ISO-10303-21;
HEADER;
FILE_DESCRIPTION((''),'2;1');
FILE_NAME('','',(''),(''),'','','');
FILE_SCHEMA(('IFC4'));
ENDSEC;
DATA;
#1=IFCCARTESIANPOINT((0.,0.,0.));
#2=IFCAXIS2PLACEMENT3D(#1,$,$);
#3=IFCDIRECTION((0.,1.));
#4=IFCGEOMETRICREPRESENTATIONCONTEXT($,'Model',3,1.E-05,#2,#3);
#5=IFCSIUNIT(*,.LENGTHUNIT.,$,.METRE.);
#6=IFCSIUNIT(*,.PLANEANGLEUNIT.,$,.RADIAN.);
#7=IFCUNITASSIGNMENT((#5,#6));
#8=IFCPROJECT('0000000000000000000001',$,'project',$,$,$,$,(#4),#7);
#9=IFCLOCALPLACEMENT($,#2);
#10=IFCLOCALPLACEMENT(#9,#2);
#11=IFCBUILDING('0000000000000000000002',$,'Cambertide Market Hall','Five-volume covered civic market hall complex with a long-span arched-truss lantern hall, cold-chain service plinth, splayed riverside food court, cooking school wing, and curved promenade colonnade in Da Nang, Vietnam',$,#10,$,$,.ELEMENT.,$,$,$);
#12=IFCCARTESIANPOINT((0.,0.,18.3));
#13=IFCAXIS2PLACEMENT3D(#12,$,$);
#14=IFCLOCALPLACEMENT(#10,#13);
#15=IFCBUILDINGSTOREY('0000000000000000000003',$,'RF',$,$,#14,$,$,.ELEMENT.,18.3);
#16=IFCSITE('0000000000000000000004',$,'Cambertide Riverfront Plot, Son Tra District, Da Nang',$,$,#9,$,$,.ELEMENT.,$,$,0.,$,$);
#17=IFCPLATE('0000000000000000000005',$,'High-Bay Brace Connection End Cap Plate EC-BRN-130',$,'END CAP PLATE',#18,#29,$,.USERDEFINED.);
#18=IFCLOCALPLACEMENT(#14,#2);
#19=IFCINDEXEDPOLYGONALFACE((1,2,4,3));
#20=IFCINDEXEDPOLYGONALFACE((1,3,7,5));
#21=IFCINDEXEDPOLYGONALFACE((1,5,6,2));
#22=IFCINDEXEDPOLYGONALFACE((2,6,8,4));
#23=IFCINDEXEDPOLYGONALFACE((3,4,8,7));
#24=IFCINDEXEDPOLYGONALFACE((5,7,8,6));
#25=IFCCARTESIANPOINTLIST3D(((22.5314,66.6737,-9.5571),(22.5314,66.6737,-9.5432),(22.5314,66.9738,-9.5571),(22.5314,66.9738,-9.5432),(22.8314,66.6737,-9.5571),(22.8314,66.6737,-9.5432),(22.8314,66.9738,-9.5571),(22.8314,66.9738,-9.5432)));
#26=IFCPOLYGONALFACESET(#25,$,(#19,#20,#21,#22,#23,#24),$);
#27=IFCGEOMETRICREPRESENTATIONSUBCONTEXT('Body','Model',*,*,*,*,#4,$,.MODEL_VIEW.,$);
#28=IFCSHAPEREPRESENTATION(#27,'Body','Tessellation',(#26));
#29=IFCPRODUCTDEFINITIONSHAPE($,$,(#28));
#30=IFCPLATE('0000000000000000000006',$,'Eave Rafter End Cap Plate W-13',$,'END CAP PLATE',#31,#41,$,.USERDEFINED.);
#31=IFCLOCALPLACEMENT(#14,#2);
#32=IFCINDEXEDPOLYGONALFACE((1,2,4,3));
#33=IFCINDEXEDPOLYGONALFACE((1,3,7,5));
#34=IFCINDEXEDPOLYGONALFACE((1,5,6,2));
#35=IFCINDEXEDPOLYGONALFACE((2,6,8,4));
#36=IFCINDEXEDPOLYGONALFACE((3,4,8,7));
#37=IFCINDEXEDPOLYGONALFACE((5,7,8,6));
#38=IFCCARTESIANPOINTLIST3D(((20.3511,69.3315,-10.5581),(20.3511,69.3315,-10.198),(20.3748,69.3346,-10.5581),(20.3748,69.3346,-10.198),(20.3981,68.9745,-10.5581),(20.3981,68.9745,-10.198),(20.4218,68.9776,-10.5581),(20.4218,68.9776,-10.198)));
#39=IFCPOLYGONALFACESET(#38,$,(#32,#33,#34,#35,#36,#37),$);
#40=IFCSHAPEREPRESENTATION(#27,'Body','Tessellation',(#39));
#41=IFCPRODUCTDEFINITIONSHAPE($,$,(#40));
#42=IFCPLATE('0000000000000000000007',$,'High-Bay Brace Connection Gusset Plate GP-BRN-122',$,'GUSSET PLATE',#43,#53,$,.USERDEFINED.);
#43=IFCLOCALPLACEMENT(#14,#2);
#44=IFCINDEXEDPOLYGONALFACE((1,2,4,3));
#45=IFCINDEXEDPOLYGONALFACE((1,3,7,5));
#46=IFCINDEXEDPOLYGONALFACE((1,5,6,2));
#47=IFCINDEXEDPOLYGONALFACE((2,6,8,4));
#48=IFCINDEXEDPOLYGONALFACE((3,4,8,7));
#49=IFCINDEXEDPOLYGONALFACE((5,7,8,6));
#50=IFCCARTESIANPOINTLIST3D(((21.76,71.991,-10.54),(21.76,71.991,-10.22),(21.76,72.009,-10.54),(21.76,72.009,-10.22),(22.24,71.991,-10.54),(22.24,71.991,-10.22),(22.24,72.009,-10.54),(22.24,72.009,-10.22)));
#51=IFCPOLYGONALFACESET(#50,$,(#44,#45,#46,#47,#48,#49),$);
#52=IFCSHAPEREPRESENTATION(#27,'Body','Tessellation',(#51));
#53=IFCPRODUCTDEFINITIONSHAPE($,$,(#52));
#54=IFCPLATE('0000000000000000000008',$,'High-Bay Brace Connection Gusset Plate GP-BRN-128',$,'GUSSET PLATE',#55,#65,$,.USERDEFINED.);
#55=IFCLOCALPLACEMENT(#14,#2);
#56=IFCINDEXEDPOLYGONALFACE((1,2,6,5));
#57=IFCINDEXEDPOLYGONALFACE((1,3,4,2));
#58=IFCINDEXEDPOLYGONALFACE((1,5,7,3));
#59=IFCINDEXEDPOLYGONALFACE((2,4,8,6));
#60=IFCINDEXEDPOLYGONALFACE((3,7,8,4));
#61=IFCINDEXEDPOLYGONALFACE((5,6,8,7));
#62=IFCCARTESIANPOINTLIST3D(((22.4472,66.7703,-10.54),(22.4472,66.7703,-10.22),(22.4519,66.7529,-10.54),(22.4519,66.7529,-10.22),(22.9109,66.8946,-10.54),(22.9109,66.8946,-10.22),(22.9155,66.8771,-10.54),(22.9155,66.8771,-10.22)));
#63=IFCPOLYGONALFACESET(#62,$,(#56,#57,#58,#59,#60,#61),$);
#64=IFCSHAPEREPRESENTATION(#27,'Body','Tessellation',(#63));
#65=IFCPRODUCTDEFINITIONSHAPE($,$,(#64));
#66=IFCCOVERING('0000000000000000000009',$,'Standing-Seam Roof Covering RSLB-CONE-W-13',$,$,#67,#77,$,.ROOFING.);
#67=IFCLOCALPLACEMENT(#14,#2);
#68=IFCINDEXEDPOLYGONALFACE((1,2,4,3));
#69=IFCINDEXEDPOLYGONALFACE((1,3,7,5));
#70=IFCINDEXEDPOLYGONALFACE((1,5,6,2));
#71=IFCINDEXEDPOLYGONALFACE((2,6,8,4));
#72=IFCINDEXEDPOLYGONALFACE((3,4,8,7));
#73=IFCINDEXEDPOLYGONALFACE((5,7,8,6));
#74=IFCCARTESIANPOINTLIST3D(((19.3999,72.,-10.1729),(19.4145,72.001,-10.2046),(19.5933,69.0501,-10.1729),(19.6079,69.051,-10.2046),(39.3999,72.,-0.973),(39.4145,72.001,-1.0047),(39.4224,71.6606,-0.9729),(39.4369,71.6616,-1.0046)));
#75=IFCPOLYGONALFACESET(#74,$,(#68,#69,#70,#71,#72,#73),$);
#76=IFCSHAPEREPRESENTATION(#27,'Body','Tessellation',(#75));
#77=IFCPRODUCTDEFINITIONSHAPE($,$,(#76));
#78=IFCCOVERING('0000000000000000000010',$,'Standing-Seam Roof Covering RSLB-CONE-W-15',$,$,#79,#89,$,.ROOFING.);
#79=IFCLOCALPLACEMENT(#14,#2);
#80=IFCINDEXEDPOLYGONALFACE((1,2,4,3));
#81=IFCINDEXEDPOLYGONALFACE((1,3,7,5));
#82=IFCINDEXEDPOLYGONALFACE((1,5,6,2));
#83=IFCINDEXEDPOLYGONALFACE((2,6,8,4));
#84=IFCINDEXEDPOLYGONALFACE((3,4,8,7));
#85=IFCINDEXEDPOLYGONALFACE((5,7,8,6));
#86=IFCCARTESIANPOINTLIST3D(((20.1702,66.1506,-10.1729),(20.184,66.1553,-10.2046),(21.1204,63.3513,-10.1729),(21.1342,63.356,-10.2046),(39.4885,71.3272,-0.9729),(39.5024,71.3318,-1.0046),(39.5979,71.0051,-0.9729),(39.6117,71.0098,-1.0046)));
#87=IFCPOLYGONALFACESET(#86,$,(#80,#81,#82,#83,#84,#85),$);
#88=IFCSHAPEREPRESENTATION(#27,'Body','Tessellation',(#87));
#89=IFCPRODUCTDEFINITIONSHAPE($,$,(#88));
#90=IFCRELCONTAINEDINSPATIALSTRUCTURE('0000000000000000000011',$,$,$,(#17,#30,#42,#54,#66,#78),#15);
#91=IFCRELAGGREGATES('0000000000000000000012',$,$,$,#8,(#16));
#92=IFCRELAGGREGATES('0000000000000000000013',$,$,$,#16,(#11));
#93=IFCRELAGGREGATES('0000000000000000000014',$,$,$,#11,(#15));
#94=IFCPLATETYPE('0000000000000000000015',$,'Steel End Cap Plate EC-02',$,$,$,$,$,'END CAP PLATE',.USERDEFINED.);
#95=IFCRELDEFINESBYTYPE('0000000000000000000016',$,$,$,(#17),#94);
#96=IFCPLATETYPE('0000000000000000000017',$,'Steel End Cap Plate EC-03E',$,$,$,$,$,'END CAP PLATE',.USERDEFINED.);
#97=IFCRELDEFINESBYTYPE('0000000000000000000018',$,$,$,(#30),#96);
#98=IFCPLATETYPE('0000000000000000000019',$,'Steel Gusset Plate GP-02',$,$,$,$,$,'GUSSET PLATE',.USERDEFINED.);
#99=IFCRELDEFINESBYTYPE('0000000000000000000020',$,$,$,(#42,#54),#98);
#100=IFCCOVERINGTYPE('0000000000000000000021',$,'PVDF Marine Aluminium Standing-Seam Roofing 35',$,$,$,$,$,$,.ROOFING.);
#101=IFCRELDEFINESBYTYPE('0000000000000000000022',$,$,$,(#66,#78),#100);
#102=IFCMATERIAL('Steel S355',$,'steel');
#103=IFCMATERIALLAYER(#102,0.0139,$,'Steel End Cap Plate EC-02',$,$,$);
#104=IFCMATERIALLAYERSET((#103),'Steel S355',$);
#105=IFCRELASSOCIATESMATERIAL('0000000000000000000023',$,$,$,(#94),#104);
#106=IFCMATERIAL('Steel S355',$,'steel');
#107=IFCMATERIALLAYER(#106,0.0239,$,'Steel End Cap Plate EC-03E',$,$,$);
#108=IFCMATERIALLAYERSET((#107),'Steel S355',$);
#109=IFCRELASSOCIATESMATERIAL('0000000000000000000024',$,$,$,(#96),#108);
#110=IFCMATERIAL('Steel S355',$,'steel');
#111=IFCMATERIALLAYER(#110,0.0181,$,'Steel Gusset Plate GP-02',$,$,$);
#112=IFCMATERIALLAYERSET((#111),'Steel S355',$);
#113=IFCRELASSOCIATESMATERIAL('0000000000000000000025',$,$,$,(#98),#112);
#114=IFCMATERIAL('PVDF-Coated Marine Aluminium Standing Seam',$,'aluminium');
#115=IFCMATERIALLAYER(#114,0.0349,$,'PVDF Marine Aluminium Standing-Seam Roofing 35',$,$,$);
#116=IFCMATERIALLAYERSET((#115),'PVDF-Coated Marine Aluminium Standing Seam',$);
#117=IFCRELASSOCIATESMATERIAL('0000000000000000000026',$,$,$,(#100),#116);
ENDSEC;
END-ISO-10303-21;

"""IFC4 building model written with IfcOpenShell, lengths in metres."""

from ifc_helpers import new_model, si_unit, direction, frame, origin, origin_2d, place, context, subcontext, project, spatial, polyline, rectangle, outline, extrude, material, layer, layer_set, type_object, element, save


model = new_model("IFC4")

# Units and contexts
model_context = context("Model", 3, precision=1e-05, world=origin(), true_north=direction((0.0, 1.0)))
body_context = subcontext(model_context, "Body", "Model", "MODEL_VIEW")
ifc_project = project(units=[si_unit("LENGTHUNIT", "METRE"), si_unit("PLANEANGLEUNIT", "RADIAN")], contexts=[model_context])

# Site, building, storey
site_placement = place(None, origin())
site = spatial("IfcSite", under=ifc_project, at=site_placement, Name="Cambertide Riverfront Plot, Son Tra District, Da Nang", CompositionType="ELEMENT", RefElevation=0.0)
building_placement = place(site_placement, origin())
building = spatial("IfcBuilding", under=site, at=building_placement, Name="Cambertide Market Hall", Description="Five-volume covered civic market hall complex with a long-span arched-truss lantern hall, cold-chain service plinth, splayed riverside food court, cooking school wing, and curved promenade colonnade in Da Nang, Vietnam", CompositionType="ELEMENT")
storey_placement = place(building_placement, frame((0.0, 0.0, 18.3)))
storey = spatial("IfcBuildingStorey", under=building, at=storey_placement, Name="RF", CompositionType="ELEMENT", Elevation=18.3)

# Plates
ifc_material_1 = material(Name="Steel S355", Category="steel")
ifc_layer_1 = layer(ifc_material_1, 0.0139, Name="Steel End Cap Plate EC-02")
ifc_layer_set_1 = layer_set([ifc_layer_1], Name="Steel S355")
plate_type_1 = type_object("IfcPlateType", Name="Steel End Cap Plate EC-02", ElementType="END CAP PLATE", PredefinedType="USERDEFINED", material=ifc_layer_set_1)
for number, where, z_axis, x_axis, name in (
    (1, (22.6814, 66.8237, -9.5571), (0.0, 0.0, 1.0), (1.0, 0.0, 0.0), "High-Bay Brace Connection End Cap Plate EC-BRN-130"),
):
    element("IfcPlate", number, at=place(storey_placement, frame(where, z_axis=z_axis, x_axis=x_axis)), inside=storey, type_object=plate_type_1, Name=name, ObjectType="END CAP PLATE", PredefinedType="USERDEFINED", context=body_context, shape_type="SweptSolid", body=[
        extrude(rectangle(XDim=0.3, YDim=0.3, at=origin_2d()), origin(), (0.0, 0.0, 1.0), 0.0139),
    ])
ifc_material_2 = material(Name="Steel S355", Category="steel")
ifc_layer_2 = layer(ifc_material_2, 0.0239, Name="Steel End Cap Plate EC-03E")
ifc_layer_set_2 = layer_set([ifc_layer_2], Name="Steel S355")
plate_type_2 = type_object("IfcPlateType", Name="Steel End Cap Plate EC-03E", ElementType="END CAP PLATE", PredefinedType="USERDEFINED", material=ifc_layer_set_2)
plate_placement = place(storey_placement, frame((20.3865, 69.1545, -10.5581), z_axis=(0.0, 0.0, 1.0), x_axis=(-0.991445, -0.130526, 0.0)))
element("IfcPlate", 2, at=plate_placement, inside=storey, type_object=plate_type_2, Name="Eave Rafter End Cap Plate W-13", ObjectType="END CAP PLATE", PredefinedType="USERDEFINED", context=body_context, shape_type="SweptSolid", body=[
    extrude(rectangle(XDim=0.0239, YDim=0.3601, at=origin_2d()), origin(), (0.0, 0.0, 1.0), 0.3601),
])
ifc_material_3 = material(Name="Steel S355", Category="steel")
ifc_layer_3 = layer(ifc_material_3, 0.0181, Name="Steel Gusset Plate GP-02")
ifc_layer_set_3 = layer_set([ifc_layer_3], Name="Steel S355")
plate_type_3 = type_object("IfcPlateType", Name="Steel Gusset Plate GP-02", ElementType="GUSSET PLATE", PredefinedType="USERDEFINED", material=ifc_layer_set_3)
for number, where, z_axis, x_axis, name in (
    (3, (22.0, 72.0, -10.54), (0.0, 0.0, 1.0), (1.0, 0.0, 0.0), "High-Bay Brace Connection Gusset Plate GP-BRN-122"),
    (4, (22.6814, 66.8237, -10.54), (0.0, 0.0, 1.0), (0.965926, 0.258819, 0.0), "High-Bay Brace Connection Gusset Plate GP-BRN-128"),
):
    element("IfcPlate", number, at=place(storey_placement, frame(where, z_axis=z_axis, x_axis=x_axis)), inside=storey, type_object=plate_type_3, Name=name, ObjectType="GUSSET PLATE", PredefinedType="USERDEFINED", context=body_context, shape_type="SweptSolid", body=[
        extrude(rectangle(XDim=0.48, YDim=0.0181, at=origin_2d()), origin(), (0.0, 0.0, 1.0), 0.3201),
    ])

# Coverings
ifc_material_4 = material(Name="PVDF-Coated Marine Aluminium Standing Seam", Category="aluminium")
ifc_layer_4 = layer(ifc_material_4, 0.0349, Name="PVDF Marine Aluminium Standing-Seam Roofing 35")
ifc_layer_set_4 = layer_set([ifc_layer_4], Name="PVDF-Coated Marine Aluminium Standing Seam")
covering_type = type_object("IfcCoveringType", Name="PVDF Marine Aluminium Standing-Seam Roofing 35", PredefinedType="ROOFING", material=ifc_layer_set_4)
covering_1_placement = place(storey_placement, frame((19.3999, 72.0, -10.1729), z_axis=(-0.417743, -0.027409, 0.908152), x_axis=(0.065418, -0.997858, -0.000025)))
element("IfcCovering", 5, at=covering_1_placement, inside=storey, type_object=covering_type, Name="Standing-Seam Roof Covering RSLB-CONE-W-13", PredefinedType="ROOFING", context=body_context, shape_type="SweptSolid", body=[
    extrude(outline(polyline([(0.0, 0.0), (2.9563, 0.0), (1.6482, 21.9758), (1.3081, 21.9756), (0.0, 0.0)])), origin(), (0.0, 0.0, -1.0), 0.0349),
])
covering_2_placement = place(storey_placement, frame((20.1702, 66.1506, -10.1729), z_axis=(-0.396426, -0.134571, 0.90815), x_axis=(0.321429, -0.946934, -0.000007)))
element("IfcCovering", 6, at=covering_2_placement, inside=storey, type_object=covering_type, Name="Standing-Seam Roof Covering RSLB-CONE-W-15", PredefinedType="ROOFING", context=body_context, shape_type="SweptSolid", body=[
    extrude(outline(polyline([(0.0, 0.0), (2.9562, 0.0), (1.6477, 21.9756), (1.3076, 21.9755), (0.0, 0.0)])), origin(), (0.0, 0.0, -1.0), 0.0349),
])

save(model, "model.ifc")
